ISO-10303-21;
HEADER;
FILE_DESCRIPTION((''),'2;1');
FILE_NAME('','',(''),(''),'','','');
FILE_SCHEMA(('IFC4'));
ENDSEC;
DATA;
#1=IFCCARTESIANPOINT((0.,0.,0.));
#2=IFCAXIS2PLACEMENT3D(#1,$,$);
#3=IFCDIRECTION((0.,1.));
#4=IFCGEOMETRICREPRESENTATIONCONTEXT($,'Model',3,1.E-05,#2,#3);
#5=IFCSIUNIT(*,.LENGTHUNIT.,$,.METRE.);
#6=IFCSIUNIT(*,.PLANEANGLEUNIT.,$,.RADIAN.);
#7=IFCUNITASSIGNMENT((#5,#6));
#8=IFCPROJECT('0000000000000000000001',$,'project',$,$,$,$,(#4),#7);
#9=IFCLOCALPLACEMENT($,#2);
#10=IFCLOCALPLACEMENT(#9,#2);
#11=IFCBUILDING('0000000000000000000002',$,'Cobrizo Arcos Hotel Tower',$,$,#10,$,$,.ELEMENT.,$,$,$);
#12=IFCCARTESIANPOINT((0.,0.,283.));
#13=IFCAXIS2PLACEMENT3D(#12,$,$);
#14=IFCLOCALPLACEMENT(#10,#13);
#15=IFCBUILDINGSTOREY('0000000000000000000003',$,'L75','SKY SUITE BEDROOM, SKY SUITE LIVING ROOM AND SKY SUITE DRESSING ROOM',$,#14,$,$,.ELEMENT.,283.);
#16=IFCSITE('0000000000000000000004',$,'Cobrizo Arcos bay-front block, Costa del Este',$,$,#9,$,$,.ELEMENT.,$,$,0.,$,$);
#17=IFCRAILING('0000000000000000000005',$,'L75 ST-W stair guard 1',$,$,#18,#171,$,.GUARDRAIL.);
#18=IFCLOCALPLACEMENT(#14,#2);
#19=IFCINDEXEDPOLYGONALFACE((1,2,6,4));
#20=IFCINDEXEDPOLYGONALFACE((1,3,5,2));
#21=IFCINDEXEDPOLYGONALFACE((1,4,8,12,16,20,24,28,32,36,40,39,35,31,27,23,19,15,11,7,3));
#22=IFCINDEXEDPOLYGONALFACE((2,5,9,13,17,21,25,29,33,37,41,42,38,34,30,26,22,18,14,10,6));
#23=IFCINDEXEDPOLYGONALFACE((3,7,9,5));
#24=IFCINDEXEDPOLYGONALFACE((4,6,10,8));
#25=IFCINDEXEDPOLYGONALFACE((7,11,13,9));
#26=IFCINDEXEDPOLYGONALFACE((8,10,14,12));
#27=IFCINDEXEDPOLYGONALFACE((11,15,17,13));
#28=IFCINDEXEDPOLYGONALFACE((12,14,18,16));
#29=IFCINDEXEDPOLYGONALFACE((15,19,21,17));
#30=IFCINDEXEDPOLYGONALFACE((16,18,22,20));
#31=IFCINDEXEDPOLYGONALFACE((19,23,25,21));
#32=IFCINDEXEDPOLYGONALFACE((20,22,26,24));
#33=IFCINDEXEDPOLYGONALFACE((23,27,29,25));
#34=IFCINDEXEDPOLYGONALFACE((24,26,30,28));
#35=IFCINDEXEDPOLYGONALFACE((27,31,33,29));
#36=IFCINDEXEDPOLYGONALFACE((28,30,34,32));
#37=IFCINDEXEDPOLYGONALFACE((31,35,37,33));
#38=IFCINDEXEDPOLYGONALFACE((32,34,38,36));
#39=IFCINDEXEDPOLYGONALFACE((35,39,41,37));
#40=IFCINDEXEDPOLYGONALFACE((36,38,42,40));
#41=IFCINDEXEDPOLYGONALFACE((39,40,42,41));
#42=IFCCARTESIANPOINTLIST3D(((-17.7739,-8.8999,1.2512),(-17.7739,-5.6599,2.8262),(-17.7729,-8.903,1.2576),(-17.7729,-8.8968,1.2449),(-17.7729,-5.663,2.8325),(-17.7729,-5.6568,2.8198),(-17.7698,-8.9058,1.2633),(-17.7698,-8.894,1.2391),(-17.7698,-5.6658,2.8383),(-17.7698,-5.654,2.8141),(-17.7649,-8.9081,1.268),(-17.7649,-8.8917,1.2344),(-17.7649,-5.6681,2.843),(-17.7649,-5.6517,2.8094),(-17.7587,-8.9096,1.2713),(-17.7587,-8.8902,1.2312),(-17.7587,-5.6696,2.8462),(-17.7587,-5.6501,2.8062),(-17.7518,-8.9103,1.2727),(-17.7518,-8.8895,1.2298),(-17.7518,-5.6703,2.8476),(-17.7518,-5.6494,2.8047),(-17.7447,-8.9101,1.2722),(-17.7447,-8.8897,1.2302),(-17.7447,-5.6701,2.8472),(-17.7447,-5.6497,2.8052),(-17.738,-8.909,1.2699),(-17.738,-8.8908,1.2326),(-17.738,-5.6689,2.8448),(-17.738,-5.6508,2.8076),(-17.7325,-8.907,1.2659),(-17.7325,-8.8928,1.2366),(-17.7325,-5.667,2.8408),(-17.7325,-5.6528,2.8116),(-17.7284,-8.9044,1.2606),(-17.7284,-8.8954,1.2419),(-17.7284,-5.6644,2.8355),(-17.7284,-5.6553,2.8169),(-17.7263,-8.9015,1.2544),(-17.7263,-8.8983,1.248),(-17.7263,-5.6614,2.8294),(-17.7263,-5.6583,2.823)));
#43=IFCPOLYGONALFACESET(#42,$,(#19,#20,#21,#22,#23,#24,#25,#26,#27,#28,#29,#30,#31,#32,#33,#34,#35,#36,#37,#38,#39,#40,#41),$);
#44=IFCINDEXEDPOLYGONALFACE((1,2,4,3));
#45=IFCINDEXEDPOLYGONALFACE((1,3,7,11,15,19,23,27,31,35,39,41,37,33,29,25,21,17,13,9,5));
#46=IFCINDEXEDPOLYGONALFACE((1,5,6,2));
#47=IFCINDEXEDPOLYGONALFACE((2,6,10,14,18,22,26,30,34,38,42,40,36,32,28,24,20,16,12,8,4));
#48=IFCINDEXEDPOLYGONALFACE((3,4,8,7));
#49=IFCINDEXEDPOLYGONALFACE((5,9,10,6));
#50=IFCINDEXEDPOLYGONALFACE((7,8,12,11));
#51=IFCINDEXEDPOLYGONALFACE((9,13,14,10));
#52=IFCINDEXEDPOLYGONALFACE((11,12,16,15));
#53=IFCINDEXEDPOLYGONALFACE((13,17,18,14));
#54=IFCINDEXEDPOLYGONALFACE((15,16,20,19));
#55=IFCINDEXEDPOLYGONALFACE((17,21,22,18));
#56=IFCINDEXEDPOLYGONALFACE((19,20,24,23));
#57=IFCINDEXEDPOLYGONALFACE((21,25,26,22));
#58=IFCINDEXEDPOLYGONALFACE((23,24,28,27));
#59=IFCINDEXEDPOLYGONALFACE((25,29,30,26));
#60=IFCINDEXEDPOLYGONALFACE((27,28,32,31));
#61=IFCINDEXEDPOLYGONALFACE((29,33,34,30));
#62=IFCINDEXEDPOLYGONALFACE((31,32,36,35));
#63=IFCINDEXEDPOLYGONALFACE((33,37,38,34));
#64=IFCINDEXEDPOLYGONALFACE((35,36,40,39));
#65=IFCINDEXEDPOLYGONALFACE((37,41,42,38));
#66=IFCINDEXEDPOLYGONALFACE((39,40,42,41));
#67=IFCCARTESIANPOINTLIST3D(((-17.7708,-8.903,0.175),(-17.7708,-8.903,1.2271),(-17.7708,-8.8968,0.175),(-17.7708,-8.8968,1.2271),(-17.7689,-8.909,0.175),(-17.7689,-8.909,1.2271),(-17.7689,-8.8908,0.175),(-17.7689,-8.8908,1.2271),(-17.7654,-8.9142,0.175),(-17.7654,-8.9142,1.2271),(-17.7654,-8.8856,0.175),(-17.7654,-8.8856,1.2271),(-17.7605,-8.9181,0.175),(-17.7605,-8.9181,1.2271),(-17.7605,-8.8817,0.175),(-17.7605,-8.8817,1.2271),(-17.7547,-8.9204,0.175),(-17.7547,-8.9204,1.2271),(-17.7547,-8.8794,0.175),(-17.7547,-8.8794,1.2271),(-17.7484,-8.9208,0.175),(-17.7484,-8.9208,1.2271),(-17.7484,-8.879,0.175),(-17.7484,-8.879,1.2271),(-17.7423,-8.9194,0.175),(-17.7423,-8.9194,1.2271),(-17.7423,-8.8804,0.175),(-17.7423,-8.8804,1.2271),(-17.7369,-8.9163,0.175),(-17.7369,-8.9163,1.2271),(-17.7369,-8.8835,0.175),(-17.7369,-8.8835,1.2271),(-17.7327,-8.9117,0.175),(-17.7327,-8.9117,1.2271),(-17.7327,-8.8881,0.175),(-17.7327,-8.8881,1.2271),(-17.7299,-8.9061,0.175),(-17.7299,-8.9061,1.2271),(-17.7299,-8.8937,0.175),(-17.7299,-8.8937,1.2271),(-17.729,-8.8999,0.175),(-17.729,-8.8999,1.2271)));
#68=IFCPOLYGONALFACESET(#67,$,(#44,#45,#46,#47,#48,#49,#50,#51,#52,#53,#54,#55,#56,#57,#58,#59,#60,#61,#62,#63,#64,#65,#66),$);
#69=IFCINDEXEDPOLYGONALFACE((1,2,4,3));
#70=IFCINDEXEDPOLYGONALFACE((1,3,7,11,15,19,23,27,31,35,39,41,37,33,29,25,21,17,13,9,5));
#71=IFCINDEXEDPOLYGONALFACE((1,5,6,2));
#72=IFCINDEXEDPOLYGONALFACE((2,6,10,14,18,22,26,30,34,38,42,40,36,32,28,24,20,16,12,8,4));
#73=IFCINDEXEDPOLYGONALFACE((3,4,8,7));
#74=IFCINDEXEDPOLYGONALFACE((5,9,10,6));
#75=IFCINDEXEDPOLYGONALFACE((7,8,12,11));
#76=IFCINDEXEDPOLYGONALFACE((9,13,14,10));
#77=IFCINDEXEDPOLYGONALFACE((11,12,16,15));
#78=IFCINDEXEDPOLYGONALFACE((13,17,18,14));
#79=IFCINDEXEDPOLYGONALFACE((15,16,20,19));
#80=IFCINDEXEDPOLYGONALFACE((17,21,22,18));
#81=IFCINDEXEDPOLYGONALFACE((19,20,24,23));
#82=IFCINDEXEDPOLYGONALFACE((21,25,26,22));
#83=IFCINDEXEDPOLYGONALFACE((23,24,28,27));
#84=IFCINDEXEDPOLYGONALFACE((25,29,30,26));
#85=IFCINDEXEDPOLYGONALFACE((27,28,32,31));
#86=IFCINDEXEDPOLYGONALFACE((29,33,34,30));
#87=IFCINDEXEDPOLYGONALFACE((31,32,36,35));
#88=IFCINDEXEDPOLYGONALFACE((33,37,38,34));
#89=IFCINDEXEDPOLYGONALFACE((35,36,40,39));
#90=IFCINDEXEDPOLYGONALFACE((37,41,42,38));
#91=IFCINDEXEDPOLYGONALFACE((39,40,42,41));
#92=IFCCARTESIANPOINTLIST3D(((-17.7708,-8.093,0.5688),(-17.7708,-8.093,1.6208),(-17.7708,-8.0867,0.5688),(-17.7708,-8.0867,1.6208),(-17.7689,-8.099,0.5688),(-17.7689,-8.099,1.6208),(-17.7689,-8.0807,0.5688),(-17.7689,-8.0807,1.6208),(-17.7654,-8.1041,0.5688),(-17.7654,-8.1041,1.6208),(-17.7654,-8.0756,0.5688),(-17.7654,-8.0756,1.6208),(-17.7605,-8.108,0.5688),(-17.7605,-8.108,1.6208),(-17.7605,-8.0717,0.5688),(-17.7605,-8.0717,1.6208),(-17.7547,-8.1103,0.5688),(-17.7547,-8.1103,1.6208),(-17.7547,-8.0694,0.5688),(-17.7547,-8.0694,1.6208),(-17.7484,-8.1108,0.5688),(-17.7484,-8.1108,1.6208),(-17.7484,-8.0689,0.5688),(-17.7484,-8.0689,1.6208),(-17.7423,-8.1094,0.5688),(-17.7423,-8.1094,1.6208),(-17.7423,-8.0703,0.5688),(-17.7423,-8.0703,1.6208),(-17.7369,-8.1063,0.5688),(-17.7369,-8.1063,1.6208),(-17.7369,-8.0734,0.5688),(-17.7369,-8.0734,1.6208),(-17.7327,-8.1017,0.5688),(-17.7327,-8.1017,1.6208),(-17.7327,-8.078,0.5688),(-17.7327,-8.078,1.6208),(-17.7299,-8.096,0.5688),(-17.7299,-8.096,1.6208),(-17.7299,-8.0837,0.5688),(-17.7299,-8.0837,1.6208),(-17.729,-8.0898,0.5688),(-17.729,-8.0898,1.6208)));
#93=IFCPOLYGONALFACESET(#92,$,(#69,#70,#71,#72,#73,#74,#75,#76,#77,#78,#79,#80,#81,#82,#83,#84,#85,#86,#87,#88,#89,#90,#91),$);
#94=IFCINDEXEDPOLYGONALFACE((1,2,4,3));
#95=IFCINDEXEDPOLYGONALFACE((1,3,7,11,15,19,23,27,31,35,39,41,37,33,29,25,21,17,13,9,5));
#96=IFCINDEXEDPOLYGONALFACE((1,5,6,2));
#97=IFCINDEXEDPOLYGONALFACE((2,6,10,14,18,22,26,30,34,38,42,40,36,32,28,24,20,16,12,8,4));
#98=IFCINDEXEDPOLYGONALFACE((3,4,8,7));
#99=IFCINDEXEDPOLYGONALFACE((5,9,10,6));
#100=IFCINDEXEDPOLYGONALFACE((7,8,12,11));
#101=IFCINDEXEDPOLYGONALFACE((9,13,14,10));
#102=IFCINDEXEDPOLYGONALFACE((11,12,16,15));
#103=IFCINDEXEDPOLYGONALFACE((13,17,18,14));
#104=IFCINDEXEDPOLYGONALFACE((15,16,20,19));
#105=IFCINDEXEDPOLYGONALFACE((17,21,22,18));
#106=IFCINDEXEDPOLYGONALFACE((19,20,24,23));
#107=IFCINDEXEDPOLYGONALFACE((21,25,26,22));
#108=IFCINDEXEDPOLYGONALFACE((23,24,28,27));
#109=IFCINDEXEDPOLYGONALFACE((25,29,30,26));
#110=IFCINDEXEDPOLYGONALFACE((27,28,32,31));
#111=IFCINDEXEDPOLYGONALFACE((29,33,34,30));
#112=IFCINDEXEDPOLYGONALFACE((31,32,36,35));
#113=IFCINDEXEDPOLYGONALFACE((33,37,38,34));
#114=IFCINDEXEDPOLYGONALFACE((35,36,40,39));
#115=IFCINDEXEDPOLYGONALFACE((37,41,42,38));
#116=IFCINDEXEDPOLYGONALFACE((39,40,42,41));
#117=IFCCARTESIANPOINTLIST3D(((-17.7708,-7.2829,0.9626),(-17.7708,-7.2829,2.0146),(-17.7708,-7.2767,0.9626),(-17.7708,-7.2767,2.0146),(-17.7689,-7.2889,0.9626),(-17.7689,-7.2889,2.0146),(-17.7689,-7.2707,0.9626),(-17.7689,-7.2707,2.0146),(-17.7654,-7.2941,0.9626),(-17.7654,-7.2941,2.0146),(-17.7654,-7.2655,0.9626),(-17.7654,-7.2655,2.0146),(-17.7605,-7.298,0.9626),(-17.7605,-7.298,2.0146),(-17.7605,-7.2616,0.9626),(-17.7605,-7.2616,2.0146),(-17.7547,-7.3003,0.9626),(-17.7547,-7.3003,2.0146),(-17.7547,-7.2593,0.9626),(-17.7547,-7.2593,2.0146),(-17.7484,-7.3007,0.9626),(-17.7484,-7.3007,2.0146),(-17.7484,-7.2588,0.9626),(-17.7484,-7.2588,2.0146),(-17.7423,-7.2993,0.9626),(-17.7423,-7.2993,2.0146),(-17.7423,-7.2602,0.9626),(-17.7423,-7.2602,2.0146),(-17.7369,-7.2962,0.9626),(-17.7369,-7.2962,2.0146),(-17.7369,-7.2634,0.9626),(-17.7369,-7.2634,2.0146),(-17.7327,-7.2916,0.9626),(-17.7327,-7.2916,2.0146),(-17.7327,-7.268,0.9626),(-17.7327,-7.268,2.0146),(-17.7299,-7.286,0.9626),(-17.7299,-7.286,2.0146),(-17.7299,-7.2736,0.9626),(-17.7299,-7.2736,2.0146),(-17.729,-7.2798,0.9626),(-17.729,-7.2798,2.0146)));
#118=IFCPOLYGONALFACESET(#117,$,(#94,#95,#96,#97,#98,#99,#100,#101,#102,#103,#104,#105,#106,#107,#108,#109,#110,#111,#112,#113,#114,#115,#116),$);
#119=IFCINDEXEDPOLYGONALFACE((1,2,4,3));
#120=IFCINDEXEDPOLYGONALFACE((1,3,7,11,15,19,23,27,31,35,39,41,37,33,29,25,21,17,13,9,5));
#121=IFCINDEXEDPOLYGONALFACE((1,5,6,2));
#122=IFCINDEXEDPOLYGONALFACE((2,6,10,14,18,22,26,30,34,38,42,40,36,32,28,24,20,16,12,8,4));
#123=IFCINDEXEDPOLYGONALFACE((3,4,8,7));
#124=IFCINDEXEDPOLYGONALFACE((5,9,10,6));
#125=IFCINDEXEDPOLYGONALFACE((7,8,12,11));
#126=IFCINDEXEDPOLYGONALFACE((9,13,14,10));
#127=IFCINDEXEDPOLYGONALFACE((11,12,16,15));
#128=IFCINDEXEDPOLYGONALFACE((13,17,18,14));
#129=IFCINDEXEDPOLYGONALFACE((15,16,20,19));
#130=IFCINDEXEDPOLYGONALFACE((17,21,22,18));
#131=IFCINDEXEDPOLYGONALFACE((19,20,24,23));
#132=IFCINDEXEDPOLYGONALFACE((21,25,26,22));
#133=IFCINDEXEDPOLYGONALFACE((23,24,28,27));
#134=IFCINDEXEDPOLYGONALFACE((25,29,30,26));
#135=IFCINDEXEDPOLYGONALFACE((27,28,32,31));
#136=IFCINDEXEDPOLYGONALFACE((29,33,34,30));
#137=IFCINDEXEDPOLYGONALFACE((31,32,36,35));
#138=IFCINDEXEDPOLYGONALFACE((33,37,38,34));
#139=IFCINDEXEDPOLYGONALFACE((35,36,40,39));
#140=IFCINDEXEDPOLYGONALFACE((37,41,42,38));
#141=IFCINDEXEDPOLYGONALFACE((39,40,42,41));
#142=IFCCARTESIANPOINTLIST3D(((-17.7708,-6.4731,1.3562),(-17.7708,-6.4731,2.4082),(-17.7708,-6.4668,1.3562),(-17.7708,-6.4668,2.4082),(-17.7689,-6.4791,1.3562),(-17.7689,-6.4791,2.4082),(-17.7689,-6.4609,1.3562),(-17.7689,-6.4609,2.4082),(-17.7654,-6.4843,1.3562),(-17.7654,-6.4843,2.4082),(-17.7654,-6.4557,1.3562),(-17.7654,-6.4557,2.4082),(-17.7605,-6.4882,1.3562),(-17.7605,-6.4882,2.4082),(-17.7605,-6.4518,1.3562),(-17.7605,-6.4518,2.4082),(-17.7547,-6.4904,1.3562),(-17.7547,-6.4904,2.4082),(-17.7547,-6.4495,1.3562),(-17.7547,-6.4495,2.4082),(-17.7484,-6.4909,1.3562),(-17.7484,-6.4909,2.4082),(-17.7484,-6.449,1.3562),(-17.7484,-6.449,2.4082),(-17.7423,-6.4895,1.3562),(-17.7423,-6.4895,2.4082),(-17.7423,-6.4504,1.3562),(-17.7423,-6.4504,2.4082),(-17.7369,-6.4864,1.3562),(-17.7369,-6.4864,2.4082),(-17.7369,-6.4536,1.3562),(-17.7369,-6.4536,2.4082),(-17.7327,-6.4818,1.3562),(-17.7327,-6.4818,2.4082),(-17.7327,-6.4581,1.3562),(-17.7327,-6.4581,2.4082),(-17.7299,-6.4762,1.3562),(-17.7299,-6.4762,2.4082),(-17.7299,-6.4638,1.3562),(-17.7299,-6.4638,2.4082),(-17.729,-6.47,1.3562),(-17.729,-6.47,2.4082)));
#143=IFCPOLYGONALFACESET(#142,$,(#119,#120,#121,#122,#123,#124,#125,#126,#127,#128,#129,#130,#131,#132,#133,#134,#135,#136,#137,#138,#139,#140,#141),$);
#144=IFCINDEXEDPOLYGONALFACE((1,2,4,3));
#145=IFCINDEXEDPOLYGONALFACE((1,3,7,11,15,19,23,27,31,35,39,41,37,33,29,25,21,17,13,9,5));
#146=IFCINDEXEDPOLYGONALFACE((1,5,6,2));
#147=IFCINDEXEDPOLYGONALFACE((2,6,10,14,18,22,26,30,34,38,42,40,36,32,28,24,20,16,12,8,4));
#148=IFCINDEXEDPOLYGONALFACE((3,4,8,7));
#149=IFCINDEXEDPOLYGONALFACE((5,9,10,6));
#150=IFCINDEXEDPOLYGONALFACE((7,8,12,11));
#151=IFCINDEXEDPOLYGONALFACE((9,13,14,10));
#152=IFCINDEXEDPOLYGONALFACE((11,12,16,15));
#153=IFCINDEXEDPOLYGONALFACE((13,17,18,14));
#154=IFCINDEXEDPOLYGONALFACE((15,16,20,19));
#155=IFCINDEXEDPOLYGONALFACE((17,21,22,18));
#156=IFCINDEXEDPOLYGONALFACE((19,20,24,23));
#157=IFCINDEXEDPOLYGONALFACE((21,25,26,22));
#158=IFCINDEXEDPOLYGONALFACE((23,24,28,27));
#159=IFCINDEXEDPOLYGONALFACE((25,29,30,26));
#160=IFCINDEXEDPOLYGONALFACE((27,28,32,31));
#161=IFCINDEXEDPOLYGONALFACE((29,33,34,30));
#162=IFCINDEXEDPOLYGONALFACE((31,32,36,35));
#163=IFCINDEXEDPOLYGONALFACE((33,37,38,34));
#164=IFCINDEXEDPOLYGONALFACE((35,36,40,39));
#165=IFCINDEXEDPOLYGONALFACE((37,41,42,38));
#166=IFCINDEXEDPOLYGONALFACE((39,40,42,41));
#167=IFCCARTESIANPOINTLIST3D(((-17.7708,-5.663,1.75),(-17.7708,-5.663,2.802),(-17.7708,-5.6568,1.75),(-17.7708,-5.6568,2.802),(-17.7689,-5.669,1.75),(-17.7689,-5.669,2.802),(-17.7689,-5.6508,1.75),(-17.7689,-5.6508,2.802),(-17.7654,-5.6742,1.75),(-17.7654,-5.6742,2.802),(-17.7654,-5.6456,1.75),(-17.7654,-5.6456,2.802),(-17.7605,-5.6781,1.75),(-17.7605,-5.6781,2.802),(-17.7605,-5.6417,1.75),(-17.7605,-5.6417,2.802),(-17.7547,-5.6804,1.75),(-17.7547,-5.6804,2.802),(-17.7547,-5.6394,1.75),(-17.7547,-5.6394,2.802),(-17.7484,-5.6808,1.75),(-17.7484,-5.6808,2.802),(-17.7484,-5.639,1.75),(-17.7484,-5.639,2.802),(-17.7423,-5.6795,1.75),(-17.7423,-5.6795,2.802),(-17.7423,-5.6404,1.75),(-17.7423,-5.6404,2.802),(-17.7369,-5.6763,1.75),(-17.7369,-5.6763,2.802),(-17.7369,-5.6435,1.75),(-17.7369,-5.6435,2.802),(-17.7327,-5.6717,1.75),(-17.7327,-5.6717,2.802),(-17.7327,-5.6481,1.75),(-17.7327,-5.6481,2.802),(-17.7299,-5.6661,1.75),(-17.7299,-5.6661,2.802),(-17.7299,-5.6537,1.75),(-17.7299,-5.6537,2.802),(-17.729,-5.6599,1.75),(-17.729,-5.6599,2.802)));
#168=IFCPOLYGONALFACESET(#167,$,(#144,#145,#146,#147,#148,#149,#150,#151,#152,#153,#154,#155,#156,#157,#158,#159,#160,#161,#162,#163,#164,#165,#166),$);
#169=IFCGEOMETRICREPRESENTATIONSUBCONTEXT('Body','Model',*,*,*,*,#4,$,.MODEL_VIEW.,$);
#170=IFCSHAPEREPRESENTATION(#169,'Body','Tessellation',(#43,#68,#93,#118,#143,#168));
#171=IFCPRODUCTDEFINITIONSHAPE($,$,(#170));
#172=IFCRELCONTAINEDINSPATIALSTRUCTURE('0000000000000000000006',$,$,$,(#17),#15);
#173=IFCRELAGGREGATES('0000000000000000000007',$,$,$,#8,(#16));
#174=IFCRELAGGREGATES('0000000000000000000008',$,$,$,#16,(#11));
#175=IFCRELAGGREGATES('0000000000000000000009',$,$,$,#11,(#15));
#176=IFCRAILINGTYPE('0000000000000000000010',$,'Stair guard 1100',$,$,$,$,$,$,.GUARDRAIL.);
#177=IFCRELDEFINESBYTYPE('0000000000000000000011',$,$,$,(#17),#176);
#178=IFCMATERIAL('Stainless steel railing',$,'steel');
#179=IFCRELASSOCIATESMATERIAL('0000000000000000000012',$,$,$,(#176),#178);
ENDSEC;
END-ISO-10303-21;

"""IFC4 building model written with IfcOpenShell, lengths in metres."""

from ifc_helpers import new_model, si_unit, direction, frame, origin, origin_2d, place, context, subcontext, project, spatial, circle, extrude, material, type_object, element, save


model = new_model("IFC4")

# Units and contexts
model_context = context("Model", 3, precision=1e-05, world=origin(), true_north=direction((0.0, 1.0)))
body_context = subcontext(model_context, "Body", "Model", "MODEL_VIEW")
ifc_project = project(units=[si_unit("LENGTHUNIT", "METRE"), si_unit("PLANEANGLEUNIT", "RADIAN")], contexts=[model_context])

# Site, building, storey
site_placement = place(None, origin())
site = spatial("IfcSite", under=ifc_project, at=site_placement, Name="Cobrizo Arcos bay-front block, Costa del Este", CompositionType="ELEMENT", RefElevation=0.0)
building_placement = place(site_placement, origin())
building = spatial("IfcBuilding", under=site, at=building_placement, Name="Cobrizo Arcos Hotel Tower", CompositionType="ELEMENT")
storey_placement = place(building_placement, frame((0.0, 0.0, 283.0)))
storey = spatial("IfcBuildingStorey", under=building, at=storey_placement, Name="L75", Description="SKY SUITE BEDROOM, SKY SUITE LIVING ROOM AND SKY SUITE DRESSING ROOM", CompositionType="ELEMENT", Elevation=283.0)

# Railing
ifc_material_1 = material(Name="Stainless steel railing", Category="steel")
railing_type_1 = type_object("IfcRailingType", Name="Stair guard 1100", PredefinedType="GUARDRAIL", material=ifc_material_1)
railing_1_placement = place(storey_placement, frame((-17.75, -8.8999, 0.175)))
element("IfcRailing", 1, at=railing_1_placement, inside=storey, type_object=railing_type_1, Name="L75 ST-W stair guard 1", PredefinedType="GUARDRAIL", context=body_context, shape_type="SweptSolid", body=[
    extrude(circle(Radius=0.0239, at=origin_2d()), frame((0.0, 0.0, 1.0762), z_axis=(0.0, 0.899373, 0.437183), x_axis=(-1.0, 0.0, 0.0)), (0.0, 0.0, 1.0), 3.6025),
    extrude(circle(Radius=0.021, at=origin_2d()), origin(), (0.0, 0.0, 1.0), 1.052),
    extrude(circle(Radius=0.021, at=origin_2d()), frame((0.0, 0.8101, 0.3938)), (0.0, 0.0, 1.0), 1.052),
    extrude(circle(Radius=0.021, at=origin_2d()), frame((0.0, 1.6201, 0.7876)), (0.0, 0.0, 1.0), 1.052),
    extrude(circle(Radius=0.021, at=origin_2d()), frame((0.0, 2.4299, 1.1812)), (0.0, 0.0, 1.0), 1.052),
    extrude(circle(Radius=0.021, at=origin_2d()), frame((0.0, 3.24, 1.575)), (0.0, 0.0, 1.0), 1.052),
])

save(model, "model.ifc")
